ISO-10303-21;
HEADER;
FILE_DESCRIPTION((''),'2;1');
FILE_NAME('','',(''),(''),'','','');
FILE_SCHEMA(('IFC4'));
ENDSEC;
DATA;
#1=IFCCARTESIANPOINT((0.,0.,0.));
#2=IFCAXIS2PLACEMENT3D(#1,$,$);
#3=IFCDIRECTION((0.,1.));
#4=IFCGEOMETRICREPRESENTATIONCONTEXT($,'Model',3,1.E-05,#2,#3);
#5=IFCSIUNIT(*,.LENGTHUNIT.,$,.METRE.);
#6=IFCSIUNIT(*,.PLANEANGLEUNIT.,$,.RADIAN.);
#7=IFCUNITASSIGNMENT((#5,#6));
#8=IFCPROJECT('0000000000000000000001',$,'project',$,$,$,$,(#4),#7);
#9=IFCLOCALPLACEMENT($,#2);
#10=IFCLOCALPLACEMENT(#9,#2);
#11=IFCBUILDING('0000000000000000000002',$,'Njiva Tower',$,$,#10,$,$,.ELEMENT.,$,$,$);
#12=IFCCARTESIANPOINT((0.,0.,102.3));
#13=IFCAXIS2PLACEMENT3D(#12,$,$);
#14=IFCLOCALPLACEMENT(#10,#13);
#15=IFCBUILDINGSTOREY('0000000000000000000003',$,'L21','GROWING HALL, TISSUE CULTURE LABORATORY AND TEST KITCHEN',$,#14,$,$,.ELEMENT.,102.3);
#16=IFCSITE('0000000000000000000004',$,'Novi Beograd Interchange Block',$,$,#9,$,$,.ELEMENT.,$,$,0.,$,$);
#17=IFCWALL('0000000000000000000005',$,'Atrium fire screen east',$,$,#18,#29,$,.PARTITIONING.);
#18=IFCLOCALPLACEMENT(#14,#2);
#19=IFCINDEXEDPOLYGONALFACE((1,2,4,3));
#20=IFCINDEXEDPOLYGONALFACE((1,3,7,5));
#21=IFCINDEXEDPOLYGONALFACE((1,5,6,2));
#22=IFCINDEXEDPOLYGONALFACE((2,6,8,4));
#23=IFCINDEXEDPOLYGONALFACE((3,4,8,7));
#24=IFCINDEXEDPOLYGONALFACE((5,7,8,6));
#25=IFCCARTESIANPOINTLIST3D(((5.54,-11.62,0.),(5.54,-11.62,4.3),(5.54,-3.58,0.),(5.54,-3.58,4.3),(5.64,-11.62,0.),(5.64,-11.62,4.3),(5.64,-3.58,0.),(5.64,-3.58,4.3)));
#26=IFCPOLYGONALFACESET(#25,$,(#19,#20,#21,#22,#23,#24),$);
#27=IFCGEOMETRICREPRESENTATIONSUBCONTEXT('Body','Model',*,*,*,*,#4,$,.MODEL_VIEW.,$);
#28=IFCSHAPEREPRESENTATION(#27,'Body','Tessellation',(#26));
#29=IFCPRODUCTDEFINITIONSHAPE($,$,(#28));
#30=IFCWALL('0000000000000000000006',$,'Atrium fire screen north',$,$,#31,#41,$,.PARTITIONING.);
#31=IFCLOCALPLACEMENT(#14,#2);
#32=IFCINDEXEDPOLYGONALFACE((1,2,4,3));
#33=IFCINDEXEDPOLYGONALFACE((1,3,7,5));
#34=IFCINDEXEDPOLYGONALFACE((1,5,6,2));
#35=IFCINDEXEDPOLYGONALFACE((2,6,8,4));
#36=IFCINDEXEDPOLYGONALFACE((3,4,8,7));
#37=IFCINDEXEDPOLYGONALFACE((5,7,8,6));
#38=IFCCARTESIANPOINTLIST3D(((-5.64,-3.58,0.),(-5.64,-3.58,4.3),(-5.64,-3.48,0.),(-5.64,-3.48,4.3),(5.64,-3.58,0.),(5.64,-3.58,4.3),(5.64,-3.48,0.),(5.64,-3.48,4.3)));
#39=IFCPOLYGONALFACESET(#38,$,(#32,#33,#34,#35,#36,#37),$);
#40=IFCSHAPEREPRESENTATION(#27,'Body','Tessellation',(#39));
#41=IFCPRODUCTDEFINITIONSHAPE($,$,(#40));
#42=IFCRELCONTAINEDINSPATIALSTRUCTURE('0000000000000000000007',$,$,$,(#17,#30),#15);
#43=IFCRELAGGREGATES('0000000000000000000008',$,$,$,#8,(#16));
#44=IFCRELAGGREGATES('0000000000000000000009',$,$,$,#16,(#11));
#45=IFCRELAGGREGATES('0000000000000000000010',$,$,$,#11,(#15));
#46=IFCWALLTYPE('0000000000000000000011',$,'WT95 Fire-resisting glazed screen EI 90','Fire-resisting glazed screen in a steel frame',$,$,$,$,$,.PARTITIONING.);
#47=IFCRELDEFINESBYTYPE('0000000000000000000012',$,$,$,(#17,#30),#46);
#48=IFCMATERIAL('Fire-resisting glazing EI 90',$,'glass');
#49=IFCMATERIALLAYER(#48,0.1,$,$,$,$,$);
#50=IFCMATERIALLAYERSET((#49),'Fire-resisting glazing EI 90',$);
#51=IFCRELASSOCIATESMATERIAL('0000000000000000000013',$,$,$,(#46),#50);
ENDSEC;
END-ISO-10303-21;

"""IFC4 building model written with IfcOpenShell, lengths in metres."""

from ifc_helpers import new_model, si_unit, direction, frame, frame_2d, origin, place, context, subcontext, project, spatial, rectangle, extrude, material, layer, layer_set, type_object, element, save


model = new_model("IFC4")

# Units and contexts
model_context = context("Model", 3, precision=1e-05, world=origin(), true_north=direction((0.0, 1.0)))
body_context = subcontext(model_context, "Body", "Model", "MODEL_VIEW")
ifc_project = project(units=[si_unit("LENGTHUNIT", "METRE"), si_unit("PLANEANGLEUNIT", "RADIAN")], contexts=[model_context])

# Site, building, storey
site_placement = place(None, origin())
site = spatial("IfcSite", under=ifc_project, at=site_placement, Name="Novi Beograd Interchange Block", CompositionType="ELEMENT", RefElevation=0.0)
building_placement = place(site_placement, origin())
building = spatial("IfcBuilding", under=site, at=building_placement, Name="Njiva Tower", CompositionType="ELEMENT")
storey_placement = place(building_placement, frame((0.0, 0.0, 102.3)))
storey = spatial("IfcBuildingStorey", under=building, at=storey_placement, Name="L21", Description="GROWING HALL, TISSUE CULTURE LABORATORY AND TEST KITCHEN", CompositionType="ELEMENT", Elevation=102.3)

# Walls
ifc_material_1 = material(Name="Fire-resisting glazing EI 90", Category="glass")
ifc_layer_1 = layer(ifc_material_1, 0.1)
ifc_layer_set_1 = layer_set([ifc_layer_1], Name="Fire-resisting glazing EI 90")
wall_type_1 = type_object("IfcWallType", Name="WT95 Fire-resisting glazed screen EI 90", Description="Fire-resisting glazed screen in a steel frame", PredefinedType="PARTITIONING", material=ifc_layer_set_1)
wall_1_placement = place(storey_placement, frame((5.59, -11.62, 0.0), z_axis=(0.0, 0.0, 1.0), x_axis=(0.0, 1.0, 0.0)))
element("IfcWall", 1, at=wall_1_placement, inside=storey, type_object=wall_type_1, Name="Atrium fire screen east", PredefinedType="PARTITIONING", context=body_context, shape_type="SweptSolid", body=[
    extrude(rectangle(XDim=8.04, YDim=0.1, at=frame_2d((4.02, 0.0))), origin(), (0.0, 0.0, 1.0), 4.3),
])
wall_2_placement = place(storey_placement, frame((5.64, -3.53, 0.0), z_axis=(0.0, 0.0, 1.0), x_axis=(-1.0, 0.0, 0.0)))
element("IfcWall", 2, at=wall_2_placement, inside=storey, type_object=wall_type_1, Name="Atrium fire screen north", PredefinedType="PARTITIONING", context=body_context, shape_type="SweptSolid", body=[
    extrude(rectangle(XDim=11.28, YDim=0.1, at=frame_2d((5.64, 0.0))), origin(), (0.0, 0.0, 1.0), 4.3),
])

save(model, "model.ifc")
